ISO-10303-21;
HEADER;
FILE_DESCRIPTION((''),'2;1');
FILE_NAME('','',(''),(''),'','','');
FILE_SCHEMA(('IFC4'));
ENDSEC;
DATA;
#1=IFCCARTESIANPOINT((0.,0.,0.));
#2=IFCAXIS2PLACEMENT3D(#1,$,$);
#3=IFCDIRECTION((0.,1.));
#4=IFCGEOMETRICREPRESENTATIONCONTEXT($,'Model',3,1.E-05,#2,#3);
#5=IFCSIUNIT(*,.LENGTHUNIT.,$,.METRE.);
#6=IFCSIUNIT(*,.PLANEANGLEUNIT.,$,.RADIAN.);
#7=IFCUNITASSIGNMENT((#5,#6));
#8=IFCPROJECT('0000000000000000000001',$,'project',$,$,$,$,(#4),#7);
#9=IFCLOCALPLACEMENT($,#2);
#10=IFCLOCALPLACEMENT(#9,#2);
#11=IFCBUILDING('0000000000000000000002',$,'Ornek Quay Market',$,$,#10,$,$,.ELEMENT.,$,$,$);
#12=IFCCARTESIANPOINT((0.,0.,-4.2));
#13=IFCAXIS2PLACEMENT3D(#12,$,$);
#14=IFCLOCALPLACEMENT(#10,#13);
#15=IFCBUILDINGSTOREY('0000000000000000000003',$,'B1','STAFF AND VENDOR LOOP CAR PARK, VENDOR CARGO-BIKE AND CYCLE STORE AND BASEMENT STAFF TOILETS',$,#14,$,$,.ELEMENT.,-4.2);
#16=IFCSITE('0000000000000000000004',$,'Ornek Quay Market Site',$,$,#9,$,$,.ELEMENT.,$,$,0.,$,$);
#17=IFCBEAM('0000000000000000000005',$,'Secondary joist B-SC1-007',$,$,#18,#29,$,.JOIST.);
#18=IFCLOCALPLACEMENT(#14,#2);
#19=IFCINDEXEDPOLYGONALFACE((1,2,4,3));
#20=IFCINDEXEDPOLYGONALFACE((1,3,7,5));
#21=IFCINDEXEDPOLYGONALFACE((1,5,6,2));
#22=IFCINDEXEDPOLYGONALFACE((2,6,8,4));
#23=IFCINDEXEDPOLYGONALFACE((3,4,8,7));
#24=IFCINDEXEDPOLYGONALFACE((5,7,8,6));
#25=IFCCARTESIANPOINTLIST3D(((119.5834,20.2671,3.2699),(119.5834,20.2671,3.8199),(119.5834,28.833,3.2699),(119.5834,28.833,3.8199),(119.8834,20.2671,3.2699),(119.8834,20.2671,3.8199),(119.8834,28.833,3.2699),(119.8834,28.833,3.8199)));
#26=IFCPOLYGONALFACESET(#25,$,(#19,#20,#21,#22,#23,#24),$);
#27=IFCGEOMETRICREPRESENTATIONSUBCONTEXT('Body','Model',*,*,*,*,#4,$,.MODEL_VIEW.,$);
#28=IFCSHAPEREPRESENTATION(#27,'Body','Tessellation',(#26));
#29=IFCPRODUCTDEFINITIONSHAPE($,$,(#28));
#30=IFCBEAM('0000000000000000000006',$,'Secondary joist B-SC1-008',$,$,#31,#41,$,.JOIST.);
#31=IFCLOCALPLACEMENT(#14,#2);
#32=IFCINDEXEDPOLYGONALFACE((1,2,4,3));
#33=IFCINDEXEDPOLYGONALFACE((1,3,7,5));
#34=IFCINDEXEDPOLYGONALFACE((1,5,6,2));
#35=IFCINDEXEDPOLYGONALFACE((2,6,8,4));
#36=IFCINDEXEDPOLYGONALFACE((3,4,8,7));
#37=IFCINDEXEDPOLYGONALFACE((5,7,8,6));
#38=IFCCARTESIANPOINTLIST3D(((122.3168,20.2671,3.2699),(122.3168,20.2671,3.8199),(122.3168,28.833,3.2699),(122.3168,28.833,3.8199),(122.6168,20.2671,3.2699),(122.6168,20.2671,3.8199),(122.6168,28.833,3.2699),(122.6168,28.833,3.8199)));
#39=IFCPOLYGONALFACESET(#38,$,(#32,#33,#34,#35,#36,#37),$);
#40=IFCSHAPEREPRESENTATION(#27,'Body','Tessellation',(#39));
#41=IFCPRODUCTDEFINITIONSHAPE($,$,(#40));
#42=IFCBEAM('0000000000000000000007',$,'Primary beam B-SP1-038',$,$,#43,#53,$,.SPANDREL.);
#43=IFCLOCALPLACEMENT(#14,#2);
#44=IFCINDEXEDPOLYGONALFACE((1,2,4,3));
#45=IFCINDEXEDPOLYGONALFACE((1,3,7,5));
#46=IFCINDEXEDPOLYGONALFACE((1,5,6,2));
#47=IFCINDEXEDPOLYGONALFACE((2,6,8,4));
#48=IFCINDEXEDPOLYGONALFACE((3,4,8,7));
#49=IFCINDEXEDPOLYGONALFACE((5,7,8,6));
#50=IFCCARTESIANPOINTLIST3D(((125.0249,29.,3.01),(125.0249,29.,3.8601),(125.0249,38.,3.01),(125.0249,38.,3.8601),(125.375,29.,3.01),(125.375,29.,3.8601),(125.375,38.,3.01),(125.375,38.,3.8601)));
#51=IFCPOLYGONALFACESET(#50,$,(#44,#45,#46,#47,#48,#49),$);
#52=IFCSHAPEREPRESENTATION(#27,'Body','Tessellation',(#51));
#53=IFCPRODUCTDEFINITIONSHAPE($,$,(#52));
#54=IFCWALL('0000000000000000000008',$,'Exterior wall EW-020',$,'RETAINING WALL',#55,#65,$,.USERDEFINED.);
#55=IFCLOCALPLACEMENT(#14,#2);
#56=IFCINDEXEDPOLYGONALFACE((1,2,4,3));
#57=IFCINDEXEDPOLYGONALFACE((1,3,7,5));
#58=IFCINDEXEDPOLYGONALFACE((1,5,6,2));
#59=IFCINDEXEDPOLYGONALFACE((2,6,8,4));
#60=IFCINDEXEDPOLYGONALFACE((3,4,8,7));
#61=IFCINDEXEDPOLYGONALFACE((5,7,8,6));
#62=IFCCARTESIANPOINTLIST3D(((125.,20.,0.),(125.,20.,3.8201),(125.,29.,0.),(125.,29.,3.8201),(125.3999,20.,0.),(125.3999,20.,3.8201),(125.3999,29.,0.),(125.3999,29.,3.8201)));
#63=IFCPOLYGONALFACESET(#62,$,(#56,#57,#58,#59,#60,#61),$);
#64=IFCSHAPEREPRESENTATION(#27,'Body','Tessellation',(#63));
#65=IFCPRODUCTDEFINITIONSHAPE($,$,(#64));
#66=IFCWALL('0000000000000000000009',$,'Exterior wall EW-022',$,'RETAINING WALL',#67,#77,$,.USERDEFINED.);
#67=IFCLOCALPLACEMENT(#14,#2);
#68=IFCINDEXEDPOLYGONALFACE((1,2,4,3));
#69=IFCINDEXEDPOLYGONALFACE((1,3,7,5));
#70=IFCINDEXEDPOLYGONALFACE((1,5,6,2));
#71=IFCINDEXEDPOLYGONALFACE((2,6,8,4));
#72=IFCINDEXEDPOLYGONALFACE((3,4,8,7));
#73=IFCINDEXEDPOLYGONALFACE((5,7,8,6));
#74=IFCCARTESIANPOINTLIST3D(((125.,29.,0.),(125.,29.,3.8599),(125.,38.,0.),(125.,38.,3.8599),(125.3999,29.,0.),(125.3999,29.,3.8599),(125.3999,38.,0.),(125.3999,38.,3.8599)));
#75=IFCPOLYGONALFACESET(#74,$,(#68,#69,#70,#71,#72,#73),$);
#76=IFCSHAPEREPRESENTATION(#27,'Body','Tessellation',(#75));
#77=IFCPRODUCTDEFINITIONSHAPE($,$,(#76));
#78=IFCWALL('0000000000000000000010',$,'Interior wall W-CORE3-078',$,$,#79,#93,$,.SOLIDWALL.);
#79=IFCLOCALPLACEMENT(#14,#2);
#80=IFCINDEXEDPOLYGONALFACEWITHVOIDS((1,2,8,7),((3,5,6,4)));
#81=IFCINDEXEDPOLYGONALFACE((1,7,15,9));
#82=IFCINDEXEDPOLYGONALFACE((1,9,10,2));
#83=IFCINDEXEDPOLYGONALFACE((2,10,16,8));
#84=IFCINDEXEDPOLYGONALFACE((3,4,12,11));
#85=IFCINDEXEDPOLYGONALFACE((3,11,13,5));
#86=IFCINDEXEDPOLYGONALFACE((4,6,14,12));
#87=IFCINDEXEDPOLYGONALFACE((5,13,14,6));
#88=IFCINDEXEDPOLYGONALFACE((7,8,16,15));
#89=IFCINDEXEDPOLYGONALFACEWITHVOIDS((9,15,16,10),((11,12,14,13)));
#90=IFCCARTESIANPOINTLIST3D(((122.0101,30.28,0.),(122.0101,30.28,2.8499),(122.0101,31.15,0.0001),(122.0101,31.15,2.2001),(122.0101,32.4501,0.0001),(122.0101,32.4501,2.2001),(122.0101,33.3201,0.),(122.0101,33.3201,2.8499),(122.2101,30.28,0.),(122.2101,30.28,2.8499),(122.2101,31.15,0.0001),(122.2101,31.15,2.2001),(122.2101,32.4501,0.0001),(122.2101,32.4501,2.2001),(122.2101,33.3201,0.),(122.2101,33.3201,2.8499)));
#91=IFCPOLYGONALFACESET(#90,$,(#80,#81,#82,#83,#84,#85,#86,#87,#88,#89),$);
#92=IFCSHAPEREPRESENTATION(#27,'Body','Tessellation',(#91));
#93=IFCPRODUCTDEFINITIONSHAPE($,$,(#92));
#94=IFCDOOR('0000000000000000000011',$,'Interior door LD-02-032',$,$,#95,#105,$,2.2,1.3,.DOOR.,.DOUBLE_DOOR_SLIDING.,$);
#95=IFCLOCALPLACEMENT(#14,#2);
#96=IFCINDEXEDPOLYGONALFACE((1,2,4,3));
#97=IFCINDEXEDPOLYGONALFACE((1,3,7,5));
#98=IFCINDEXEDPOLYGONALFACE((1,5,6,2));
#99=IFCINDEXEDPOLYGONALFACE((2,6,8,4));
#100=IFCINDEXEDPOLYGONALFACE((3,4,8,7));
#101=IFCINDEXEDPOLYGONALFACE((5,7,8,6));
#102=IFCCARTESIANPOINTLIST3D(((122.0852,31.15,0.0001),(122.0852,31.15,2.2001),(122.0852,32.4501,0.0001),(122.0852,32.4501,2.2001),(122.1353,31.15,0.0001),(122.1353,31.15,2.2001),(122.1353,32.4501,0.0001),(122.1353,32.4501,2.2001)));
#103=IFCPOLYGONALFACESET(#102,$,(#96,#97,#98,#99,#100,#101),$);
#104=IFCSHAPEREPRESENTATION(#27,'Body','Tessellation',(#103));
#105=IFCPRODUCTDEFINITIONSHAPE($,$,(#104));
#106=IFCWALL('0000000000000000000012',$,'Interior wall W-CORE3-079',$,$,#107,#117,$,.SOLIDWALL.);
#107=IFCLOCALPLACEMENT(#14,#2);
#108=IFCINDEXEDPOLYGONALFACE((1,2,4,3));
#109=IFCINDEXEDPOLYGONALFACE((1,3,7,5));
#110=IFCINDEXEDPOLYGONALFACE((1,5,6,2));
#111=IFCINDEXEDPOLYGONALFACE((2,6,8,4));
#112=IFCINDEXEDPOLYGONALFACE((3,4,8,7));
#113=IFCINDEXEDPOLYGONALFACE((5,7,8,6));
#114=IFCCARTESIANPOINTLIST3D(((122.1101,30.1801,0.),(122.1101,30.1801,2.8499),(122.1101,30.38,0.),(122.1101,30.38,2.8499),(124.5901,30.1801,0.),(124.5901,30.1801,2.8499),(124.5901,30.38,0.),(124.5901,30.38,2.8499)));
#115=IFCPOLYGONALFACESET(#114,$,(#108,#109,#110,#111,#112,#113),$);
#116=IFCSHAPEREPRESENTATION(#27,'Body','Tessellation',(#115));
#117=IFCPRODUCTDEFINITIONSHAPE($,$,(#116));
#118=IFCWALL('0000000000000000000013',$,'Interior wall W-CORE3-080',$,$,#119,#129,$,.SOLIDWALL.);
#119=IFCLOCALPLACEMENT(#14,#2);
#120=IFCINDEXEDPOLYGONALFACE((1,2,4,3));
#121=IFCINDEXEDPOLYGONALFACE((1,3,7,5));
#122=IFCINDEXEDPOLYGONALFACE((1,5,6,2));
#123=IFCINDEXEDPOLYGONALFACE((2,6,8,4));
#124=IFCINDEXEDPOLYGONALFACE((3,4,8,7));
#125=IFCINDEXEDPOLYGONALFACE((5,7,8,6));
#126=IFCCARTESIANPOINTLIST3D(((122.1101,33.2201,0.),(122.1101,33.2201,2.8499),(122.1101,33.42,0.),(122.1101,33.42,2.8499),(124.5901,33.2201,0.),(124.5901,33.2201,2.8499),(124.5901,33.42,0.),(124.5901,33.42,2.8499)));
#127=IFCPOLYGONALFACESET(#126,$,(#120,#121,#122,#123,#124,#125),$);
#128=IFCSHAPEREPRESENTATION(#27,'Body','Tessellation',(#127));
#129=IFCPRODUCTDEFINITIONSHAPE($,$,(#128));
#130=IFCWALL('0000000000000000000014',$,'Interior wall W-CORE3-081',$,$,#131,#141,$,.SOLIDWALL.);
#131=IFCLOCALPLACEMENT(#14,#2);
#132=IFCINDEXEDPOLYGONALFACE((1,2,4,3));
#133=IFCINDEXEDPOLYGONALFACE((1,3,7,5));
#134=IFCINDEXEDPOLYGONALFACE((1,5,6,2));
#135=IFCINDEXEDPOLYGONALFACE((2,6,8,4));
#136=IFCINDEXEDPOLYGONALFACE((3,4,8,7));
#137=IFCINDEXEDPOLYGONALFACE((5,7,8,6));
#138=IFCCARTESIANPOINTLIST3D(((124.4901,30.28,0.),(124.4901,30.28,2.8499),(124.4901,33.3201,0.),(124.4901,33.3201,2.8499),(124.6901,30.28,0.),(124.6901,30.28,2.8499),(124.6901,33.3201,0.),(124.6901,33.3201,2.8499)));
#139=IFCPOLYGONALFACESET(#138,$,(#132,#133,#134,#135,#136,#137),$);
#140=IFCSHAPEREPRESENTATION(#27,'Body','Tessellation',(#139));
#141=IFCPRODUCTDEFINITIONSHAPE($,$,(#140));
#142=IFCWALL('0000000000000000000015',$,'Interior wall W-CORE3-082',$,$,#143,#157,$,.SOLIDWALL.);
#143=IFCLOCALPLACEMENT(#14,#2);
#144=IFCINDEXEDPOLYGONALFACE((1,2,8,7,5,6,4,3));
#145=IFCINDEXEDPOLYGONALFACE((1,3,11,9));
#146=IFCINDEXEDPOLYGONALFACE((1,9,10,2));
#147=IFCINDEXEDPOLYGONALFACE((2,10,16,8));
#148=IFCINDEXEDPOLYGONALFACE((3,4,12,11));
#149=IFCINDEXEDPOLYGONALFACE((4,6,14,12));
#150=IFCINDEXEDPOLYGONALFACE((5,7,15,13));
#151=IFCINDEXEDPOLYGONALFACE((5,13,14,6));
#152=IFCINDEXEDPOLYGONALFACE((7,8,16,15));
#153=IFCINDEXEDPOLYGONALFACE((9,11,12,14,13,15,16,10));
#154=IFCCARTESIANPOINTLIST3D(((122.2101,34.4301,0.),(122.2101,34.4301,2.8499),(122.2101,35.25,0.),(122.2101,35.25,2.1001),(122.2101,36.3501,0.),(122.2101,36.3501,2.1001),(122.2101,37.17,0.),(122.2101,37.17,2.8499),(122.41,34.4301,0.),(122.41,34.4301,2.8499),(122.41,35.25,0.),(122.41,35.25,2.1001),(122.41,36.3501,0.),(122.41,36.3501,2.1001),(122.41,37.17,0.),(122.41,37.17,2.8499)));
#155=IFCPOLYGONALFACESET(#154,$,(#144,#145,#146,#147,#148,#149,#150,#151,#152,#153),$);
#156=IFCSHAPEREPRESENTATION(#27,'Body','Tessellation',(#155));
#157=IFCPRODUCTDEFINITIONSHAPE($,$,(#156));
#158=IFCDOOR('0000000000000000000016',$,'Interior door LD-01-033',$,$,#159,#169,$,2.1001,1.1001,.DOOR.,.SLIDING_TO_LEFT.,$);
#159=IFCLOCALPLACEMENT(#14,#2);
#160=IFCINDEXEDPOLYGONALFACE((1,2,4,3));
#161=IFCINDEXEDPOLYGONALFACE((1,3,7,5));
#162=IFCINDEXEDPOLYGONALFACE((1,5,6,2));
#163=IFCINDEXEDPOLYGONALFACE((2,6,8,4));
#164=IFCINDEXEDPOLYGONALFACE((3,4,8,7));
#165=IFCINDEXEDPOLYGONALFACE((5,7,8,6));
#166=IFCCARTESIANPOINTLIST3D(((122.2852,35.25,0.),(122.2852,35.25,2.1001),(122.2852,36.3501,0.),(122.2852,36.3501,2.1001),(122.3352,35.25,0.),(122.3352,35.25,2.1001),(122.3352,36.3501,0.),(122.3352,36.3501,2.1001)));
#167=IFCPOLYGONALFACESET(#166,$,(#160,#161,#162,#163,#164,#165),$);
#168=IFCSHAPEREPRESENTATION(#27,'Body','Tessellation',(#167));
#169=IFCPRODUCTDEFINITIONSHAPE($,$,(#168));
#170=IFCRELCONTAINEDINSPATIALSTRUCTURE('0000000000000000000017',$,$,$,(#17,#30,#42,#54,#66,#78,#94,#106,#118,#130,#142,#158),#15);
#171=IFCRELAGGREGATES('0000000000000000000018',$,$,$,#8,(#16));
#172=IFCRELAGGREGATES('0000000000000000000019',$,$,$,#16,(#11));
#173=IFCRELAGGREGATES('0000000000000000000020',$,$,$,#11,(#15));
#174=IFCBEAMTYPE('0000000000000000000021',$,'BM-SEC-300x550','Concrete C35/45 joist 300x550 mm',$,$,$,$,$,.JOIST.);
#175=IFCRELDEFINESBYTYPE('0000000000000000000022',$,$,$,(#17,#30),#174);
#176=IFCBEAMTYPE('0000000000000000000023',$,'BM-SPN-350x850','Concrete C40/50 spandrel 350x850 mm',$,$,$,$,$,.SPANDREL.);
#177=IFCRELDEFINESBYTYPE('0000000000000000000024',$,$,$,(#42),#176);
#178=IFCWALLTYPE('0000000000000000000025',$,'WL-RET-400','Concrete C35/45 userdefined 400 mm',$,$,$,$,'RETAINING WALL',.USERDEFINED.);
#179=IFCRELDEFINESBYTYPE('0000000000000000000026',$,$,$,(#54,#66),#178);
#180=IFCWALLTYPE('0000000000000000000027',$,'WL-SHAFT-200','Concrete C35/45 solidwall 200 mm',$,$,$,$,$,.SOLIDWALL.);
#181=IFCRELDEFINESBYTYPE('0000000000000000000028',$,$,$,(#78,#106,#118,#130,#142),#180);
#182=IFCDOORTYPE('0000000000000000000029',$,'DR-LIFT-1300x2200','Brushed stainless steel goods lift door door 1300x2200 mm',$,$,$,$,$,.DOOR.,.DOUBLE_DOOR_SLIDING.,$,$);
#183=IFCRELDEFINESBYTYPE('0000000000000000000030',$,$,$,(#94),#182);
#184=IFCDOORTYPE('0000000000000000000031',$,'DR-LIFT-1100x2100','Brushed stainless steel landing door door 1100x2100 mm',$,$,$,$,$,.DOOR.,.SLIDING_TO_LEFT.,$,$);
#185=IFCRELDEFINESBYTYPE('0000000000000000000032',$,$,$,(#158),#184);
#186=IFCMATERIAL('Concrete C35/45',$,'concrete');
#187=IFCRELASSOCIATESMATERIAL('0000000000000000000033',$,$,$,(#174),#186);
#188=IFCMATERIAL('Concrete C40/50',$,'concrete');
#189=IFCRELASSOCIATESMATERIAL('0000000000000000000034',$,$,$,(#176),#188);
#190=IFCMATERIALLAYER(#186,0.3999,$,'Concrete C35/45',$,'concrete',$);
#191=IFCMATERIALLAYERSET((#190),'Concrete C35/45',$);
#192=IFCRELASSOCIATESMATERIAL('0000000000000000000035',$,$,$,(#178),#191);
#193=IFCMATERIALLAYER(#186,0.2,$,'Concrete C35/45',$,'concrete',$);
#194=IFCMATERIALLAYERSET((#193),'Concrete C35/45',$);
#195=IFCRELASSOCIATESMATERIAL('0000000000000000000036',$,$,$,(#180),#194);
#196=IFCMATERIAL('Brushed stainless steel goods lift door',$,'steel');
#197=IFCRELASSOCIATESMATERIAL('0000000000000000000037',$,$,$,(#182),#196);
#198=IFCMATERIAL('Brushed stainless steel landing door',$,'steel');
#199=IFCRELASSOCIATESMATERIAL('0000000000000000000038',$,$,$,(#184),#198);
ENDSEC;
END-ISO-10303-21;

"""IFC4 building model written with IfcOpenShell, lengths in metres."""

from ifc_helpers import new_model, si_unit, direction, frame, frame_2d, origin, origin_2d, place, context, subcontext, project, spatial, rectangle, extrude, material, layer, layer_set, material_profile, profile_set, type_object, element, fill, save


model = new_model("IFC4")

# Units and contexts
model_context = context("Model", 3, precision=1e-05, world=origin(), true_north=direction((0.0, 1.0)))
body_context = subcontext(model_context, "Body", "Model", "MODEL_VIEW")
ifc_project = project(units=[si_unit("LENGTHUNIT", "METRE"), si_unit("PLANEANGLEUNIT", "RADIAN")], contexts=[model_context])

# Site, building, storey
site_placement = place(None, origin())
site = spatial("IfcSite", under=ifc_project, at=site_placement, Name="Ornek Quay Market Site", CompositionType="ELEMENT", RefElevation=0.0)
building_placement = place(site_placement, origin())
building = spatial("IfcBuilding", under=site, at=building_placement, Name="Ornek Quay Market", CompositionType="ELEMENT")
storey_placement = place(building_placement, frame((0.0, 0.0, -4.2)))
storey = spatial("IfcBuildingStorey", under=building, at=storey_placement, Name="B1", Description="STAFF AND VENDOR LOOP CAR PARK, VENDOR CARGO-BIKE AND CYCLE STORE AND BASEMENT STAFF TOILETS", CompositionType="ELEMENT", Elevation=-4.2)

# Shared definitions
ifc_material_1 = material(Name="Concrete C35/45", Category="concrete")

# Shared definitions
ifc_material_2 = material(Name="Concrete C40/50", Category="concrete")

# Beams
ifc_material_profile_1 = material_profile(ifc_material_1, rectangle(XDim=0.3, YDim=0.55, at=origin_2d()), Name="RC 300x550", Category="concrete")
ifc_profile_set_1 = profile_set([ifc_material_profile_1], Name="Concrete C35/45")
beam_type_1 = type_object("IfcBeamType", Name="BM-SEC-300x550", Description="Concrete C35/45 joist 300x550 mm", PredefinedType="JOIST", material=ifc_profile_set_1)
for number, where, z_axis, x_axis, name in (
    (1, (119.7334, 20.2671, 3.5449), (0.0, 1.0, 0.0), (-1.0, 0.0, 0.0), "Secondary joist B-SC1-007"),
    (2, (122.4668, 20.2671, 3.5449), (0.0, 1.0, 0.0), (-1.0, 0.0, 0.0), "Secondary joist B-SC1-008"),
):
    element("IfcBeam", number, at=place(storey_placement, frame(where, z_axis=z_axis, x_axis=x_axis)), inside=storey, type_object=beam_type_1, Name=name, PredefinedType="JOIST", context=body_context, shape_type="SweptSolid", body=[
        extrude(rectangle(XDim=0.3, YDim=0.55, at=origin_2d()), origin(), (0.0, 0.0, 1.0), 8.5659),
    ])
ifc_material_profile_2 = material_profile(ifc_material_2, rectangle(XDim=0.3501, YDim=0.8501, at=origin_2d()), Name="RC 350x850", Category="concrete")
ifc_profile_set_2 = profile_set([ifc_material_profile_2], Name="Concrete C40/50")
beam_type_2 = type_object("IfcBeamType", Name="BM-SPN-350x850", Description="Concrete C40/50 spandrel 350x850 mm", PredefinedType="SPANDREL", material=ifc_profile_set_2)
beam_placement = place(storey_placement, frame((125.2, 29.0, 3.4351), z_axis=(0.0, 1.0, 0.0), x_axis=(-1.0, 0.0, 0.0)))
element("IfcBeam", 3, at=beam_placement, inside=storey, type_object=beam_type_2, Name="Primary beam B-SP1-038", PredefinedType="SPANDREL", context=body_context, shape_type="SweptSolid", body=[
    extrude(rectangle(XDim=0.3501, YDim=0.8501, at=origin_2d()), origin(), (0.0, 0.0, 1.0), 9.0),
])

# Walls
ifc_layer_1 = layer(ifc_material_1, 0.3999, Name="Concrete C35/45", Category="concrete")
ifc_layer_set_1 = layer_set([ifc_layer_1], Name="Concrete C35/45")
wall_type_1 = type_object("IfcWallType", Name="WL-RET-400", Description="Concrete C35/45 userdefined 400 mm", ElementType="RETAINING WALL", PredefinedType="USERDEFINED", material=ifc_layer_set_1)
wall_1_placement = place(storey_placement, frame((125.2, 20.0, 0.0), z_axis=(0.0, 0.0, 1.0), x_axis=(0.0, 1.0, 0.0)))
element("IfcWall", 4, at=wall_1_placement, inside=storey, type_object=wall_type_1, Name="Exterior wall EW-020", ObjectType="RETAINING WALL", PredefinedType="USERDEFINED", context=body_context, shape_type="SweptSolid", body=[
    extrude(rectangle(XDim=9.0, YDim=0.3999, at=frame_2d((4.5, 0.0))), origin(), (0.0, 0.0, 1.0), 3.8201),
])
wall_2_placement = place(storey_placement, frame((125.2, 29.0, 0.0), z_axis=(0.0, 0.0, 1.0), x_axis=(0.0, 1.0, 0.0)))
element("IfcWall", 5, at=wall_2_placement, inside=storey, type_object=wall_type_1, Name="Exterior wall EW-022", ObjectType="RETAINING WALL", PredefinedType="USERDEFINED", context=body_context, shape_type="SweptSolid", body=[
    extrude(rectangle(XDim=9.0, YDim=0.3999, at=frame_2d((4.5, 0.0))), origin(), (0.0, 0.0, 1.0), 3.8599),
])

# Wall, opening, door
ifc_layer_2 = layer(ifc_material_1, 0.2, Name="Concrete C35/45", Category="concrete")
ifc_layer_set_2 = layer_set([ifc_layer_2], Name="Concrete C35/45")
wall_type_2 = type_object("IfcWallType", Name="WL-SHAFT-200", Description="Concrete C35/45 solidwall 200 mm", PredefinedType="SOLIDWALL", material=ifc_layer_set_2)
wall_3_placement = place(storey_placement, frame((122.1101, 30.28, 0.0), z_axis=(0.0, 0.0, 1.0), x_axis=(0.0, 1.0, 0.0)))
wall_3 = element("IfcWall", 6, at=wall_3_placement, inside=storey, type_object=wall_type_2, Name="Interior wall W-CORE3-078", PredefinedType="SOLIDWALL", context=body_context, shape_type="SweptSolid", body=[
    extrude(rectangle(XDim=3.04, YDim=0.2, at=frame_2d((1.52, 0.0))), origin(), (0.0, 0.0, 1.0), 2.8499),
])
opening_1_placement = place(wall_3_placement, frame((0.8701, 0.0, 0.0)))
opening_1 = element("IfcOpeningElement", 7, at=opening_1_placement, cuts=wall_3, PredefinedType="OPENING", context=body_context, shape_type="SweptSolid", body=[
    extrude(rectangle(XDim=1.3, YDim=2.2, at=frame_2d((0.6499, 1.1001))), frame((0.0, 0.1099, 0.0), z_axis=(0.0, -1.0, 0.0), x_axis=(1.0, 0.0, 0.0)), (0.0, 0.0, 1.0), 0.22),
])
ifc_material_3 = material(Name="Brushed stainless steel goods lift door", Category="steel")
door_type_1 = type_object("IfcDoorType", Name="DR-LIFT-1300x2200", Description="Brushed stainless steel goods lift door door 1300x2200 mm", OperationType="DOUBLE_DOOR_SLIDING", PredefinedType="DOOR", material=ifc_material_3)
door_1_placement = place(opening_1_placement, origin())
door_1 = element("IfcDoor", 8, at=door_1_placement, inside=storey, type_object=door_type_1, Name="Interior door LD-02-032", OperationType="DOUBLE_DOOR_SLIDING", OverallHeight=2.2, OverallWidth=1.3, PredefinedType="DOOR", context=body_context, shape_type="SweptSolid", body=[
    extrude(rectangle(XDim=1.3, YDim=2.2, at=frame_2d((0.6499, 1.1001))), frame((0.0, 0.0249, 0.0), z_axis=(0.0, -1.0, 0.0), x_axis=(1.0, 0.0, 0.0)), (0.0, 0.0, 1.0), 0.05),
])
fill(opening_1, door_1)

# Walls
for number, where, z_axis, x_axis, name in (
    (9, (122.1101, 30.28, 0.0), (0.0, 0.0, 1.0), (1.0, 0.0, 0.0), "Interior wall W-CORE3-079"),
    (10, (122.1101, 33.3201, 0.0), (0.0, 0.0, 1.0), (1.0, 0.0, 0.0), "Interior wall W-CORE3-080"),
):
    element("IfcWall", number, at=place(storey_placement, frame(where, z_axis=z_axis, x_axis=x_axis)), inside=storey, type_object=wall_type_2, Name=name, PredefinedType="SOLIDWALL", context=body_context, shape_type="SweptSolid", body=[
        extrude(rectangle(XDim=2.48, YDim=0.2, at=frame_2d((1.24, 0.0))), origin(), (0.0, 0.0, 1.0), 2.8499),
    ])
wall_4_placement = place(storey_placement, frame((124.5901, 30.28, 0.0), z_axis=(0.0, 0.0, 1.0), x_axis=(0.0, 1.0, 0.0)))
element("IfcWall", 11, at=wall_4_placement, inside=storey, type_object=wall_type_2, Name="Interior wall W-CORE3-081", PredefinedType="SOLIDWALL", context=body_context, shape_type="SweptSolid", body=[
    extrude(rectangle(XDim=3.04, YDim=0.2, at=frame_2d((1.52, 0.0))), origin(), (0.0, 0.0, 1.0), 2.8499),
])

# Wall, opening, door
wall_5_placement = place(storey_placement, frame((122.3101, 34.4299, 0.0), z_axis=(0.0, 0.0, 1.0), x_axis=(0.0, 1.0, 0.0)))
wall_5 = element("IfcWall", 12, at=wall_5_placement, inside=storey, type_object=wall_type_2, Name="Interior wall W-CORE3-082", PredefinedType="SOLIDWALL", context=body_context, shape_type="SweptSolid", body=[
    extrude(rectangle(XDim=2.74, YDim=0.2, at=frame_2d((1.3701, 0.0))), origin(), (0.0, 0.0, 1.0), 2.8499),
])
opening_2_placement = place(wall_5_placement, frame((0.8201, 0.0, 0.0)))
opening_2 = element("IfcOpeningElement", 13, at=opening_2_placement, cuts=wall_5, PredefinedType="OPENING", context=body_context, shape_type="SweptSolid", body=[
    extrude(rectangle(XDim=1.1001, YDim=2.1001, at=frame_2d((0.55, 1.05))), frame((0.0, 0.1099, 0.0), z_axis=(0.0, -1.0, 0.0), x_axis=(1.0, 0.0, 0.0)), (0.0, 0.0, 1.0), 0.22),
])
ifc_material_4 = material(Name="Brushed stainless steel landing door", Category="steel")
door_type_2 = type_object("IfcDoorType", Name="DR-LIFT-1100x2100", Description="Brushed stainless steel landing door door 1100x2100 mm", OperationType="SLIDING_TO_LEFT", PredefinedType="DOOR", material=ifc_material_4)
door_2_placement = place(opening_2_placement, origin())
door_2 = element("IfcDoor", 14, at=door_2_placement, inside=storey, type_object=door_type_2, Name="Interior door LD-01-033", OperationType="SLIDING_TO_LEFT", OverallHeight=2.1001, OverallWidth=1.1001, PredefinedType="DOOR", context=body_context, shape_type="SweptSolid", body=[
    extrude(rectangle(XDim=1.1001, YDim=2.1001, at=frame_2d((0.55, 1.05))), frame((0.0, 0.0249, 0.0), z_axis=(0.0, -1.0, 0.0), x_axis=(1.0, 0.0, 0.0)), (0.0, 0.0, 1.0), 0.05),
])
fill(opening_2, door_2)

save(model, "model.ifc")
